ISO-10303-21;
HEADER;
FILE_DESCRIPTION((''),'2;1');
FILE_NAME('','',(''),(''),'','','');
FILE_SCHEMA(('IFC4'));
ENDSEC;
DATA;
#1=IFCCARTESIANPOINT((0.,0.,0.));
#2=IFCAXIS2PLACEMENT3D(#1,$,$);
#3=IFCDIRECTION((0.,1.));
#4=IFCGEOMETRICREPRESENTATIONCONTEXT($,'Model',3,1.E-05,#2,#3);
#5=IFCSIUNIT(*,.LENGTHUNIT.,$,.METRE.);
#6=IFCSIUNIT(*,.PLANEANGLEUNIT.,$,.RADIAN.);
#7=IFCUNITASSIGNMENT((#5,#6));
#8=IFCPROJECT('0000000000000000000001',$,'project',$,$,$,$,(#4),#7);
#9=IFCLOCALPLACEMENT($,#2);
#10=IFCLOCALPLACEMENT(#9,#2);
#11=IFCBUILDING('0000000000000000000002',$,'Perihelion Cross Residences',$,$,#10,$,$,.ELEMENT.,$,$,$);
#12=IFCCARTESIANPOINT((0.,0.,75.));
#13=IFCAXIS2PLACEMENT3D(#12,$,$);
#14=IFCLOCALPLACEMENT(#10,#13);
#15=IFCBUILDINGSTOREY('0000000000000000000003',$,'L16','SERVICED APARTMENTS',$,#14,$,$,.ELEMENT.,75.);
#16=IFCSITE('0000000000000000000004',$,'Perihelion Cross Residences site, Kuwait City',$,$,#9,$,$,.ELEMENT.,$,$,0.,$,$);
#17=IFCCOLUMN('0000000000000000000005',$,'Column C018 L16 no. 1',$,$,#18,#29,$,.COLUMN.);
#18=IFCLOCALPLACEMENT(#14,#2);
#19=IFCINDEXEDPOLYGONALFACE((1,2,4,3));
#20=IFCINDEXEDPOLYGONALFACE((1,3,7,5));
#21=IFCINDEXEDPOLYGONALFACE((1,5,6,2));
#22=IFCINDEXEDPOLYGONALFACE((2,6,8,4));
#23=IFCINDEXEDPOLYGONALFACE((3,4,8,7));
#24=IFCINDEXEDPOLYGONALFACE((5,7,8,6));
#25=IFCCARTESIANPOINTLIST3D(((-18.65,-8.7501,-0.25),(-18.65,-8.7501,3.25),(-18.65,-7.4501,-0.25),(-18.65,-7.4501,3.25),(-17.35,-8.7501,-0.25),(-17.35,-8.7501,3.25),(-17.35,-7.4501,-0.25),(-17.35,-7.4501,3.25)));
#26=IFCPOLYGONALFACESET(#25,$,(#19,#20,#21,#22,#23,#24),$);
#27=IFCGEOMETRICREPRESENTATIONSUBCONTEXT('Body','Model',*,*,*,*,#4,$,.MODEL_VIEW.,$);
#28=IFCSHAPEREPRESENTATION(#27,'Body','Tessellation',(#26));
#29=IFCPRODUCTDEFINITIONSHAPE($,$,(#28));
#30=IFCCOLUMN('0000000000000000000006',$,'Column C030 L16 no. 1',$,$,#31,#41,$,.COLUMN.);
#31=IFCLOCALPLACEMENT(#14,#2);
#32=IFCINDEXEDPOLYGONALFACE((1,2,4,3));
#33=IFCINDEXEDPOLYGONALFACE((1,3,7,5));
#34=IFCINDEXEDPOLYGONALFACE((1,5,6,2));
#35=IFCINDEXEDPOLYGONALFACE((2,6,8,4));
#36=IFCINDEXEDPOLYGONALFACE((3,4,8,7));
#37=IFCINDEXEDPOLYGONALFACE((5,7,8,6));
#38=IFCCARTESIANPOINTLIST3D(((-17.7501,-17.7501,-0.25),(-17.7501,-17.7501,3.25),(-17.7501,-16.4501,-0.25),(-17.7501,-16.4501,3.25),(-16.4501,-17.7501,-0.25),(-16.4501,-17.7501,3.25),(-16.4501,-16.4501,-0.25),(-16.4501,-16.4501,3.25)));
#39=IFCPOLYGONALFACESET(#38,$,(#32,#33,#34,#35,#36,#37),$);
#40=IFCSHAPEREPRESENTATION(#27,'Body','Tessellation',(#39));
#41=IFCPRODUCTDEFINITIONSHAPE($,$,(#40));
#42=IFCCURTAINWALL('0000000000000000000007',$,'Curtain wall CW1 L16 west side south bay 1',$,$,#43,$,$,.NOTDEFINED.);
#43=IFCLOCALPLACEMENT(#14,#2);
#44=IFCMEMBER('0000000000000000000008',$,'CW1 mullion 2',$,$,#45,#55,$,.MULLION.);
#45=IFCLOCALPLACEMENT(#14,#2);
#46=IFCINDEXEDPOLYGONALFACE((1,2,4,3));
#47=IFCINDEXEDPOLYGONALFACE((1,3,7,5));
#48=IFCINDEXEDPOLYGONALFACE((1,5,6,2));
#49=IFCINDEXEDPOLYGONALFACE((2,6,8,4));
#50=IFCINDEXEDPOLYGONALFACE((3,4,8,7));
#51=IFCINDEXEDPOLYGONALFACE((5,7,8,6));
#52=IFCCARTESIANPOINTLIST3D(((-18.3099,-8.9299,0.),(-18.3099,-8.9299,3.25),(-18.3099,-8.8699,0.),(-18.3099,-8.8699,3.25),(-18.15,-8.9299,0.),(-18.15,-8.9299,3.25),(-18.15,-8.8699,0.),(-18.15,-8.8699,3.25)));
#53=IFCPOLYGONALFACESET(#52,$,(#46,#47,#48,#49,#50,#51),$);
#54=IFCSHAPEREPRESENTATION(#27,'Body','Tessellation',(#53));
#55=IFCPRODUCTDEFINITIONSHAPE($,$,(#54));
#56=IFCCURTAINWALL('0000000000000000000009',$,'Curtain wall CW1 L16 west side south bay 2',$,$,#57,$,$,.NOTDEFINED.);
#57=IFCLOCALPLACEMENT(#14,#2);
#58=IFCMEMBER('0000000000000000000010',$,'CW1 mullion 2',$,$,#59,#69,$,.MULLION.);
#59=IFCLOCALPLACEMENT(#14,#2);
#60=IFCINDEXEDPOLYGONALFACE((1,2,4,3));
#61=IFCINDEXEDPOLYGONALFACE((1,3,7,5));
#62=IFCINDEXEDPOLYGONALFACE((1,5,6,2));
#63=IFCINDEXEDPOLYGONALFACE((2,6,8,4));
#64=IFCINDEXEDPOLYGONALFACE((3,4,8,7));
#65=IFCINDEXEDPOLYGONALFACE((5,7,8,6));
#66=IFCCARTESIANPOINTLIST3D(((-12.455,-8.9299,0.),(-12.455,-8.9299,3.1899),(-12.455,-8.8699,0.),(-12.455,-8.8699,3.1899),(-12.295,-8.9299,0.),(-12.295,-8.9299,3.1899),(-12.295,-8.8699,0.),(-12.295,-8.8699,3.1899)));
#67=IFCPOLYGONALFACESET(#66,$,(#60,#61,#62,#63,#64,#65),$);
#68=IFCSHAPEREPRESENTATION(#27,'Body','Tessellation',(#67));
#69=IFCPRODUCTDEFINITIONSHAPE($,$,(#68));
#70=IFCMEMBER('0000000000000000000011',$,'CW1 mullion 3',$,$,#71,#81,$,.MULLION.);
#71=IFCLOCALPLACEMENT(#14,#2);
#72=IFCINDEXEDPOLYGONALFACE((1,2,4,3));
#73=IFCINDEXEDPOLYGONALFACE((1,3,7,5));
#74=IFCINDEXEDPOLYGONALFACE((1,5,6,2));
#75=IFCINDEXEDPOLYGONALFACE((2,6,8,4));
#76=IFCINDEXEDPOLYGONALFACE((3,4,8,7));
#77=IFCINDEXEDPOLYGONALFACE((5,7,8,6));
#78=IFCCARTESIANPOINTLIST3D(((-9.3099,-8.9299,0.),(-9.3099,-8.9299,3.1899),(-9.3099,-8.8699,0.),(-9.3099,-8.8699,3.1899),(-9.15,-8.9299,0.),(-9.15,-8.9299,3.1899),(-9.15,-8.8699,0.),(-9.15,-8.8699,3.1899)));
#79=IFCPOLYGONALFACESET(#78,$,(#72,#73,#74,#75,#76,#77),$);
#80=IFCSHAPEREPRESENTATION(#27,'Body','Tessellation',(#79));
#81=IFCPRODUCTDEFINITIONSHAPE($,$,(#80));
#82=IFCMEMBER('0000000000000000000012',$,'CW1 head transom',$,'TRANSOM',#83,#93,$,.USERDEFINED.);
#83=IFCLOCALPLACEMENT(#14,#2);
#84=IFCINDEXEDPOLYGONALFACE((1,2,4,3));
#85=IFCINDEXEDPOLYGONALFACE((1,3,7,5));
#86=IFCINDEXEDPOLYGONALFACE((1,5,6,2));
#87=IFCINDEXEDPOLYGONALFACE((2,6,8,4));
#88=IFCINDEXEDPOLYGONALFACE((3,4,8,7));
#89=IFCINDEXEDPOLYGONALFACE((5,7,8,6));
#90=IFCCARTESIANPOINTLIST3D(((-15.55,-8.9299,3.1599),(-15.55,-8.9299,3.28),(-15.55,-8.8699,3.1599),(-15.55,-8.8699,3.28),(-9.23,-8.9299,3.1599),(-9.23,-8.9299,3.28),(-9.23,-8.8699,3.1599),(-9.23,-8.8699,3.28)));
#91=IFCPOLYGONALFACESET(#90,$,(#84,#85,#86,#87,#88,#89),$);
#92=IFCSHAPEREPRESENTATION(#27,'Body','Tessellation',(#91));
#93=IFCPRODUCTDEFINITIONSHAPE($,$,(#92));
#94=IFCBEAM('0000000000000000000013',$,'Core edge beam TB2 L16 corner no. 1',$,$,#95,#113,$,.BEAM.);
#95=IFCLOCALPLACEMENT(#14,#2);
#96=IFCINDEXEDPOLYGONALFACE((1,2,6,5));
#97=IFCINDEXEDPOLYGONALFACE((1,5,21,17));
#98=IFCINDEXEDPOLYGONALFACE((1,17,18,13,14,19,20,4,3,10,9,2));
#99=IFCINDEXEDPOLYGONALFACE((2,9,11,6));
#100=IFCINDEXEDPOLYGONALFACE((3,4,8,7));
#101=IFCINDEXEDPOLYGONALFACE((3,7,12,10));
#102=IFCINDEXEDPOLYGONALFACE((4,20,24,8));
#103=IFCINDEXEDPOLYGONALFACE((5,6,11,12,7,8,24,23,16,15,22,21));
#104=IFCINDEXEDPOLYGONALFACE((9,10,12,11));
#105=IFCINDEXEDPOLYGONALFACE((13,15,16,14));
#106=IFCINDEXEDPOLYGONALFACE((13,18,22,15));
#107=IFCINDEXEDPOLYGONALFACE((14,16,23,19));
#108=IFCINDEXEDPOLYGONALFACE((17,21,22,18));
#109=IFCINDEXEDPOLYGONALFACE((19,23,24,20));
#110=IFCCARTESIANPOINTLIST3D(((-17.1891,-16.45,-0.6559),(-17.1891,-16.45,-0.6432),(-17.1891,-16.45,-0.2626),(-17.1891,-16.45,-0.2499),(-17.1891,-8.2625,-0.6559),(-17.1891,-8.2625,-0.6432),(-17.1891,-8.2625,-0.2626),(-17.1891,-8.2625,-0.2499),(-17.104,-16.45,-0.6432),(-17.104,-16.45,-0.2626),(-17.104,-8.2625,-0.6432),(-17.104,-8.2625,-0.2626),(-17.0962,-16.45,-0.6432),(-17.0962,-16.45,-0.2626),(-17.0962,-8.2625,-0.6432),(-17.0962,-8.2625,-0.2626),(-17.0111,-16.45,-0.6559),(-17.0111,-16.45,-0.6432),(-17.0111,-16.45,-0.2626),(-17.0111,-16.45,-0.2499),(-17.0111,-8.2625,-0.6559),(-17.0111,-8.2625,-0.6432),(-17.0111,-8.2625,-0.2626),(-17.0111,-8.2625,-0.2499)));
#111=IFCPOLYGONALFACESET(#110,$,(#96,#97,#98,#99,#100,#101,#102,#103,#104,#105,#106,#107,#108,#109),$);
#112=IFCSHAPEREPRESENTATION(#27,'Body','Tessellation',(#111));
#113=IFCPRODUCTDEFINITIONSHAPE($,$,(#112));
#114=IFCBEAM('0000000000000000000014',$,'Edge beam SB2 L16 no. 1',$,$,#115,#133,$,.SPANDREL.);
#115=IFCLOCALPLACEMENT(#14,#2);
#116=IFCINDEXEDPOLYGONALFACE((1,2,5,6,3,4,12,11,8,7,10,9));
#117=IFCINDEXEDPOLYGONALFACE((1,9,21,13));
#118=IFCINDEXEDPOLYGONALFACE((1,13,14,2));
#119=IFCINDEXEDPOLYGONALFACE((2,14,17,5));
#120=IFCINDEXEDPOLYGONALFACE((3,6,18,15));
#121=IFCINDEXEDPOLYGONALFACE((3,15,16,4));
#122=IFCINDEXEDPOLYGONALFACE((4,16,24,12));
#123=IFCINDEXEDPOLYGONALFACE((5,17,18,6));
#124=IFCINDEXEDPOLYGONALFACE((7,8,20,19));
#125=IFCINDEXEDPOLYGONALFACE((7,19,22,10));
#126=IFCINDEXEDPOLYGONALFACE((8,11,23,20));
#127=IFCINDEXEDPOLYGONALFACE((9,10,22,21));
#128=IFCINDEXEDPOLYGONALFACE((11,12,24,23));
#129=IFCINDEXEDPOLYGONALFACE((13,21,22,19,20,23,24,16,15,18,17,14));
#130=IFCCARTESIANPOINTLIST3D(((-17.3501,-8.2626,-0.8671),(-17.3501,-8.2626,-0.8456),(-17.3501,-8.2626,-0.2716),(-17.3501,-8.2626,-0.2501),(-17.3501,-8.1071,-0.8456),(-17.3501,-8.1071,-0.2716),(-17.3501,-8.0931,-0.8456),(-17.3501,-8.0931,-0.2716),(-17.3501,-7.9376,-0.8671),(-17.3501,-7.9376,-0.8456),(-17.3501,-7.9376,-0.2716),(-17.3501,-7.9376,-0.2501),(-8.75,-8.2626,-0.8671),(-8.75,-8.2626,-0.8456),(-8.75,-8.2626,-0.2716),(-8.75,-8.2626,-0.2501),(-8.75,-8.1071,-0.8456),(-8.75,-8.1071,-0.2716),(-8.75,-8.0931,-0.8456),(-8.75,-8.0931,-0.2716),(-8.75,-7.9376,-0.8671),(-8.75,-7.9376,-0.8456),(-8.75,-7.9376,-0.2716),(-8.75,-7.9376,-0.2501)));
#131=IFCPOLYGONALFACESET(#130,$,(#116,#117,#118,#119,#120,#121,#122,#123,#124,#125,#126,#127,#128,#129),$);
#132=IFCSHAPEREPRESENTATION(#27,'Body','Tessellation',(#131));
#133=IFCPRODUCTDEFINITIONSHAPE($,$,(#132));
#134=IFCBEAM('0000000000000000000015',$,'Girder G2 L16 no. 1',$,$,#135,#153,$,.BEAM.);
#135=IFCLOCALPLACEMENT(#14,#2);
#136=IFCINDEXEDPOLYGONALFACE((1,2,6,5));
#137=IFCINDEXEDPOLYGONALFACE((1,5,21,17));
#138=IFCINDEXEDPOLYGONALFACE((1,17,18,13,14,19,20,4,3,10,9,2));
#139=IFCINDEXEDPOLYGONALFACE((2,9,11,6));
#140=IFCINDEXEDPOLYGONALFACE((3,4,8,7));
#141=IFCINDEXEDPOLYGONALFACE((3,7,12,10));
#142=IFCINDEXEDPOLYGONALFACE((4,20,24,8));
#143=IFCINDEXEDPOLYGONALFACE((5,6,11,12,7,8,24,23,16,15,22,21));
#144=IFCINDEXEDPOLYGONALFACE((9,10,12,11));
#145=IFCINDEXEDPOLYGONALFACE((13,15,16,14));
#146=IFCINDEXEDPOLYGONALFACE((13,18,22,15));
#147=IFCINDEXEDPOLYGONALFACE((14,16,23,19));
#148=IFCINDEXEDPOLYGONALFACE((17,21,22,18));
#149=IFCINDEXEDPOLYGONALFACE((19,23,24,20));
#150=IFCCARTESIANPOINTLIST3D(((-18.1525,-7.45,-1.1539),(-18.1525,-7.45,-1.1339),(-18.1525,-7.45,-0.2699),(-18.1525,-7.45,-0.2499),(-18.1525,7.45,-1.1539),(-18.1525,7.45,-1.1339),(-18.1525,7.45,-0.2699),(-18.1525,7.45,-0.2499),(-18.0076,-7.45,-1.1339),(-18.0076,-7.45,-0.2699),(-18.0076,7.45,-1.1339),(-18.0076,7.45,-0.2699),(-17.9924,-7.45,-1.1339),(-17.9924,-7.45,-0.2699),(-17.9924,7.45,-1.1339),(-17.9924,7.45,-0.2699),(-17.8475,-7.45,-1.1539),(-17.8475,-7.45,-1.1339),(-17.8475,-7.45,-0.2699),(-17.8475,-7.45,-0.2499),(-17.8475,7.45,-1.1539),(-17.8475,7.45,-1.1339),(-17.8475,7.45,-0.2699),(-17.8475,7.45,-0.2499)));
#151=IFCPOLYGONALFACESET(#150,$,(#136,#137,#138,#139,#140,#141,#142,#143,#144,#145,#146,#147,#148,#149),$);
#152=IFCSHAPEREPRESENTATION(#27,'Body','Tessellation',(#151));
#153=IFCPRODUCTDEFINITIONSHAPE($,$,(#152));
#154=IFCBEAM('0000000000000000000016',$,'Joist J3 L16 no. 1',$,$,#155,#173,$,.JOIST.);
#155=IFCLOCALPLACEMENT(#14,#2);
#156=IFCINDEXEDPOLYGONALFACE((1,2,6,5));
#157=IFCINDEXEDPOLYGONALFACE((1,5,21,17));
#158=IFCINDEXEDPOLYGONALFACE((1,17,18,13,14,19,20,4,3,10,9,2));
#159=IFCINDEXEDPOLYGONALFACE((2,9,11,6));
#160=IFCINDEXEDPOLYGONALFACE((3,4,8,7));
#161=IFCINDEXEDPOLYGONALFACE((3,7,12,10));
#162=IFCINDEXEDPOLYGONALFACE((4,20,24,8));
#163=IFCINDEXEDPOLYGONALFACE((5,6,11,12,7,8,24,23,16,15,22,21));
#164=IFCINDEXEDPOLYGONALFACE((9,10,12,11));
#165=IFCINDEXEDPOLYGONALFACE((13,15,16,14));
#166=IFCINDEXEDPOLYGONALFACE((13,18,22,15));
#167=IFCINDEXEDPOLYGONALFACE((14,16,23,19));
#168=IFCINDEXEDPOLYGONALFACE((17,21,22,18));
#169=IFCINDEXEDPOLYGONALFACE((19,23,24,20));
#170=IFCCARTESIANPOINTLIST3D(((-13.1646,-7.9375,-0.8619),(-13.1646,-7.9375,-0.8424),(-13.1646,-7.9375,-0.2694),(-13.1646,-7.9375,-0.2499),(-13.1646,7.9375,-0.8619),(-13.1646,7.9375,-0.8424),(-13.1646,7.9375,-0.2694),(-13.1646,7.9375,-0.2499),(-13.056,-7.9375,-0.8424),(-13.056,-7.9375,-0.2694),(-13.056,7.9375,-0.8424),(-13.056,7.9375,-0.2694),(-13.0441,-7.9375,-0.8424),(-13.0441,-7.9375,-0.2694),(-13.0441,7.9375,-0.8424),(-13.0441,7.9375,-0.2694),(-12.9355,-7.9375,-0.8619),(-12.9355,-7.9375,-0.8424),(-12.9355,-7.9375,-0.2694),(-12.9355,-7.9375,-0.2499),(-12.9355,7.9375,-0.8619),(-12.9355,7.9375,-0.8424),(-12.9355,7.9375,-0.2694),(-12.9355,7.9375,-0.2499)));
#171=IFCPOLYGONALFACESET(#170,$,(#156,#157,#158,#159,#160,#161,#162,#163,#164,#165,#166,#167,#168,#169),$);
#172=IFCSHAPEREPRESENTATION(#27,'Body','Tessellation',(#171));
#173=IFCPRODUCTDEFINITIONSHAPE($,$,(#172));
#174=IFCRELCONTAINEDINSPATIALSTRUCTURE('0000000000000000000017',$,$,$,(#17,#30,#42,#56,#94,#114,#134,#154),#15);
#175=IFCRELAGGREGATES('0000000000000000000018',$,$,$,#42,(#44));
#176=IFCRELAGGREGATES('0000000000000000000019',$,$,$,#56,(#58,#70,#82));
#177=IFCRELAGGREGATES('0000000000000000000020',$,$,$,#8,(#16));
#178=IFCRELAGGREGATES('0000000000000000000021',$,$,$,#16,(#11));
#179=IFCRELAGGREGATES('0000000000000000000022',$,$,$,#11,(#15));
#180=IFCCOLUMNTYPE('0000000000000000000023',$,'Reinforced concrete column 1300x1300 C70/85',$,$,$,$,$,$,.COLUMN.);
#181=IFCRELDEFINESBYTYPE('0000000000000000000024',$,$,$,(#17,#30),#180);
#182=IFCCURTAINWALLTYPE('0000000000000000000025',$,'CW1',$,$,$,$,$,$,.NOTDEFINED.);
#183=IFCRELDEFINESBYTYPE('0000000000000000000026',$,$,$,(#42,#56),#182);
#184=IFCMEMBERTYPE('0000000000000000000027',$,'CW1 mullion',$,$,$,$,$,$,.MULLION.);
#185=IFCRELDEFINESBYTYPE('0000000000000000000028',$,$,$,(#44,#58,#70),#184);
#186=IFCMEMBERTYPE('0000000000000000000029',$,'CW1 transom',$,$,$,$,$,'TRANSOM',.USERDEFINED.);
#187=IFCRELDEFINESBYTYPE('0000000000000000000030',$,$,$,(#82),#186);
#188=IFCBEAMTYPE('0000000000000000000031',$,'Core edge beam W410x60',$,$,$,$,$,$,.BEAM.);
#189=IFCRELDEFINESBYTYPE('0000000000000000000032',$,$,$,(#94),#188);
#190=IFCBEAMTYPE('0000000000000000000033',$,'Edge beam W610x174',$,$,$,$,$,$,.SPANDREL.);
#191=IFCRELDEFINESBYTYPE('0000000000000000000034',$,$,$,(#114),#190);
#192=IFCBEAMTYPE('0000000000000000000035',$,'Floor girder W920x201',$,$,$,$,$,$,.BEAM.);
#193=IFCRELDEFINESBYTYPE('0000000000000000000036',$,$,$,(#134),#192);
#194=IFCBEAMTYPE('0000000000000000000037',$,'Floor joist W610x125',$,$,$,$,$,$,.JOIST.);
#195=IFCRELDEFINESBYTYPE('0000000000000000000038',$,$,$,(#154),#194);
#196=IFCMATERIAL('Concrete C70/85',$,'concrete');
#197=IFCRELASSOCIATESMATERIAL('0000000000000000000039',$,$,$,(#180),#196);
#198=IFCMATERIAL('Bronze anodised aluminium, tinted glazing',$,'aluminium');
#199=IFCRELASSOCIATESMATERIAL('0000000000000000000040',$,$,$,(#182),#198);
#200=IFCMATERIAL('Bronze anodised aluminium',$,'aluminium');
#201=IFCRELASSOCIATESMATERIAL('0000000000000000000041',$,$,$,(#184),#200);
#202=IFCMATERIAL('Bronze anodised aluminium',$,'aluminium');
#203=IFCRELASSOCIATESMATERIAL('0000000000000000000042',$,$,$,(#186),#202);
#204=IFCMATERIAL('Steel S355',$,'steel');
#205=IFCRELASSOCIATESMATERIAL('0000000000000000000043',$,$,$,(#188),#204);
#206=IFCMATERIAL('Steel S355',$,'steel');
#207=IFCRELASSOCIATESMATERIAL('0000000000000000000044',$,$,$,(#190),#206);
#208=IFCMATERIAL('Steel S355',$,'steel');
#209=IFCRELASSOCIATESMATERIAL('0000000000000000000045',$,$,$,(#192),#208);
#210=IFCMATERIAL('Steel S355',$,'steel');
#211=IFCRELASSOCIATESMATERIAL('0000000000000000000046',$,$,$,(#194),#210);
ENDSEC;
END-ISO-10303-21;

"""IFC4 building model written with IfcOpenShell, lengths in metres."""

from ifc_helpers import new_model, si_unit, direction, frame, origin, origin_2d, place, context, subcontext, project, spatial, rectangle, i_section, extrude, material, material_profile, profile_set, type_object, element, aggregate, save


model = new_model("IFC4")

# Units and contexts
model_context = context("Model", 3, precision=1e-05, world=origin(), true_north=direction((0.0, 1.0)))
body_context = subcontext(model_context, "Body", "Model", "MODEL_VIEW")
ifc_project = project(units=[si_unit("LENGTHUNIT", "METRE"), si_unit("PLANEANGLEUNIT", "RADIAN")], contexts=[model_context])

# Site, building, storey
site_placement = place(None, origin())
site = spatial("IfcSite", under=ifc_project, at=site_placement, Name="Perihelion Cross Residences site, Kuwait City", CompositionType="ELEMENT", RefElevation=0.0)
building_placement = place(site_placement, origin())
building = spatial("IfcBuilding", under=site, at=building_placement, Name="Perihelion Cross Residences", CompositionType="ELEMENT")
storey_placement = place(building_placement, frame((0.0, 0.0, 75.0)))
storey = spatial("IfcBuildingStorey", under=building, at=storey_placement, Name="L16", Description="SERVICED APARTMENTS", CompositionType="ELEMENT", Elevation=75.0)

# Columns
ifc_material_1 = material(Name="Concrete C70/85", Category="concrete")
ifc_material_profile_1 = material_profile(ifc_material_1, rectangle(XDim=1.3, YDim=1.3, at=origin_2d()), Name="RC 1300x1300")
ifc_profile_set_1 = profile_set([ifc_material_profile_1], Name="Concrete C70/85")
column_type = type_object("IfcColumnType", Name="Reinforced concrete column 1300x1300 C70/85", PredefinedType="COLUMN", material=ifc_profile_set_1)
for number, where, z_axis, x_axis, name in (
    (1, (-18.0, -8.1001, -0.25), (0.0, 0.0, 1.0), (1.0, 0.0, 0.0), "Column C018 L16 no. 1"),
    (2, (-17.1001, -17.1001, -0.25), (0.0, 0.0, 1.0), (1.0, 0.0, 0.0), "Column C030 L16 no. 1"),
):
    element("IfcColumn", number, at=place(storey_placement, frame(where, z_axis=z_axis, x_axis=x_axis)), inside=storey, type_object=column_type, Name=name, PredefinedType="COLUMN", context=body_context, shape_type="SweptSolid", body=[
        extrude(rectangle(XDim=1.3, YDim=1.3, at=origin_2d()), origin(), (0.0, 0.0, 1.0), 3.5),
    ])

# Curtain wall, member
ifc_material_2 = material(Name="Bronze anodised aluminium, tinted glazing", Category="aluminium")
curtain_wall_type = type_object("IfcCurtainWallType", Name="CW1", PredefinedType="NOTDEFINED", material=ifc_material_2)
curtain_wall_1_placement = place(storey_placement, origin())
curtain_wall_1 = element("IfcCurtainWall", 3, at=curtain_wall_1_placement, inside=storey, type_object=curtain_wall_type, Name="Curtain wall CW1 L16 west side south bay 1", PredefinedType="NOTDEFINED")
ifc_material_3 = material(Name="Bronze anodised aluminium", Category="aluminium")
ifc_material_profile_2 = material_profile(ifc_material_3, rectangle(XDim=0.0601, YDim=0.1599, at=origin_2d()), Name="CW1 mullion")
ifc_profile_set_2 = profile_set([ifc_material_profile_2], Name="Bronze anodised aluminium")
member_type_1 = type_object("IfcMemberType", Name="CW1 mullion", PredefinedType="MULLION", material=ifc_profile_set_2)
member_1_placement = place(storey_placement, frame((-18.23, -8.8999, 0.0), z_axis=(0.0, 0.0, 1.0), x_axis=(0.0, 1.0, 0.0)))
member_1 = element("IfcMember", 4, at=member_1_placement, type_object=member_type_1, Name="CW1 mullion 2", PredefinedType="MULLION", context=body_context, shape_type="SweptSolid", body=[
    extrude(rectangle(XDim=0.0601, YDim=0.1599, at=origin_2d()), origin(), (0.0, 0.0, 1.0), 3.25),
])

# Curtain wall, members
curtain_wall_2_placement = place(storey_placement, origin())
curtain_wall_2 = element("IfcCurtainWall", 5, at=curtain_wall_2_placement, inside=storey, type_object=curtain_wall_type, Name="Curtain wall CW1 L16 west side south bay 2", PredefinedType="NOTDEFINED")
member_2_placement = place(storey_placement, frame((-12.375, -8.8999, 0.0), z_axis=(0.0, 0.0, 1.0), x_axis=(0.0, 1.0, 0.0)))
member_2 = element("IfcMember", 6, at=member_2_placement, type_object=member_type_1, Name="CW1 mullion 2", PredefinedType="MULLION", context=body_context, shape_type="SweptSolid", body=[
    extrude(rectangle(XDim=0.0601, YDim=0.1599, at=origin_2d()), origin(), (0.0, 0.0, 1.0), 3.1899),
])
member_3_placement = place(storey_placement, frame((-9.23, -8.8999, 0.0), z_axis=(0.0, 0.0, 1.0), x_axis=(0.0, 1.0, 0.0)))
member_3 = element("IfcMember", 7, at=member_3_placement, type_object=member_type_1, Name="CW1 mullion 3", PredefinedType="MULLION", context=body_context, shape_type="SweptSolid", body=[
    extrude(rectangle(XDim=0.0601, YDim=0.1599, at=origin_2d()), origin(), (0.0, 0.0, 1.0), 3.1899),
])
ifc_material_4 = material(Name="Bronze anodised aluminium", Category="aluminium")
ifc_material_profile_3 = material_profile(ifc_material_4, rectangle(XDim=0.0601, YDim=0.1201, at=origin_2d()), Name="CW1 transom")
ifc_profile_set_3 = profile_set([ifc_material_profile_3], Name="Bronze anodised aluminium")
member_type_2 = type_object("IfcMemberType", Name="CW1 transom", ElementType="TRANSOM", PredefinedType="USERDEFINED", material=ifc_profile_set_3)
member_4_placement = place(storey_placement, frame((-15.55, -8.8999, 3.22), z_axis=(1.0, 0.0, 0.0), x_axis=(0.0, 1.0, 0.0)))
member_4 = element("IfcMember", 8, at=member_4_placement, type_object=member_type_2, Name="CW1 head transom", ObjectType="TRANSOM", PredefinedType="USERDEFINED", context=body_context, shape_type="SweptSolid", body=[
    extrude(rectangle(XDim=0.0601, YDim=0.1201, at=origin_2d()), origin(), (0.0, 0.0, 1.0), 6.3201),
])

# Beams
ifc_material_5 = material(Name="Steel S355", Category="steel")
ifc_material_profile_4 = material_profile(ifc_material_5, i_section(OverallWidth=0.178, OverallDepth=0.406, WebThickness=0.0078, FlangeThickness=0.0127, at=origin_2d()), Name="W410x60")
ifc_profile_set_4 = profile_set([ifc_material_profile_4], Name="Steel S355")
beam_type_1 = type_object("IfcBeamType", Name="Core edge beam W410x60", PredefinedType="BEAM", material=ifc_profile_set_4)
beam_1_placement = place(storey_placement, frame((-17.1001, -8.2625, -0.4529), z_axis=(0.0, -1.0, 0.0), x_axis=(1.0, 0.0, 0.0)))
element("IfcBeam", 9, at=beam_1_placement, inside=storey, type_object=beam_type_1, Name="Core edge beam TB2 L16 corner no. 1", PredefinedType="BEAM", context=body_context, shape_type="SweptSolid", body=[
    extrude(i_section(OverallWidth=0.178, OverallDepth=0.406, WebThickness=0.0078, FlangeThickness=0.0127, at=origin_2d()), origin(), (0.0, 0.0, 1.0), 8.1875),
])
ifc_material_6 = material(Name="Steel S355", Category="steel")
ifc_material_profile_5 = material_profile(ifc_material_6, i_section(OverallWidth=0.325, OverallDepth=0.6169, WebThickness=0.0139, FlangeThickness=0.0215, at=origin_2d()), Name="W610x174")
ifc_profile_set_5 = profile_set([ifc_material_profile_5], Name="Steel S355")
beam_type_2 = type_object("IfcBeamType", Name="Edge beam W610x174", PredefinedType="SPANDREL", material=ifc_profile_set_5)
beam_2_placement = place(storey_placement, frame((-17.3501, -8.1001, -0.5586), z_axis=(1.0, 0.0, 0.0), x_axis=(0.0, 1.0, 0.0)))
element("IfcBeam", 10, at=beam_2_placement, inside=storey, type_object=beam_type_2, Name="Edge beam SB2 L16 no. 1", PredefinedType="SPANDREL", context=body_context, shape_type="SweptSolid", body=[
    extrude(i_section(OverallWidth=0.325, OverallDepth=0.6169, WebThickness=0.0139, FlangeThickness=0.0215, at=origin_2d()), origin(), (0.0, 0.0, 1.0), 8.6001),
])
ifc_material_7 = material(Name="Steel S355", Category="steel")
ifc_material_profile_6 = material_profile(ifc_material_7, i_section(OverallWidth=0.3049, OverallDepth=0.9041, WebThickness=0.0151, FlangeThickness=0.02, at=origin_2d()), Name="W920x201")
ifc_profile_set_6 = profile_set([ifc_material_profile_6], Name="Steel S355")
beam_type_3 = type_object("IfcBeamType", Name="Floor girder W920x201", PredefinedType="BEAM", material=ifc_profile_set_6)
beam_3_placement = place(storey_placement, frame((-18.0, -7.45, -0.7019), z_axis=(0.0, 1.0, 0.0), x_axis=(-1.0, 0.0, 0.0)))
element("IfcBeam", 11, at=beam_3_placement, inside=storey, type_object=beam_type_3, Name="Girder G2 L16 no. 1", PredefinedType="BEAM", context=body_context, shape_type="SweptSolid", body=[
    extrude(i_section(OverallWidth=0.3049, OverallDepth=0.9041, WebThickness=0.0151, FlangeThickness=0.02, at=origin_2d()), origin(), (0.0, 0.0, 1.0), 14.8999),
])
ifc_material_8 = material(Name="Steel S355", Category="steel")
ifc_material_profile_7 = material_profile(ifc_material_8, i_section(OverallWidth=0.229, OverallDepth=0.6121, WebThickness=0.012, FlangeThickness=0.0195, at=origin_2d()), Name="W610x125")
ifc_profile_set_7 = profile_set([ifc_material_profile_7], Name="Steel S355")
beam_type_4 = type_object("IfcBeamType", Name="Floor joist W610x125", PredefinedType="JOIST", material=ifc_profile_set_7)
beam_4_placement = place(storey_placement, frame((-13.05, -7.9375, -0.5559), z_axis=(0.0, 1.0, 0.0), x_axis=(-1.0, 0.0, 0.0)))
element("IfcBeam", 12, at=beam_4_placement, inside=storey, type_object=beam_type_4, Name="Joist J3 L16 no. 1", PredefinedType="JOIST", context=body_context, shape_type="SweptSolid", body=[
    extrude(i_section(OverallWidth=0.229, OverallDepth=0.6121, WebThickness=0.012, FlangeThickness=0.0195, at=origin_2d()), origin(), (0.0, 0.0, 1.0), 15.875),
])

aggregate(curtain_wall_1, [member_1])
aggregate(curtain_wall_2, [member_2, member_3, member_4])

save(model, "model.ifc")
